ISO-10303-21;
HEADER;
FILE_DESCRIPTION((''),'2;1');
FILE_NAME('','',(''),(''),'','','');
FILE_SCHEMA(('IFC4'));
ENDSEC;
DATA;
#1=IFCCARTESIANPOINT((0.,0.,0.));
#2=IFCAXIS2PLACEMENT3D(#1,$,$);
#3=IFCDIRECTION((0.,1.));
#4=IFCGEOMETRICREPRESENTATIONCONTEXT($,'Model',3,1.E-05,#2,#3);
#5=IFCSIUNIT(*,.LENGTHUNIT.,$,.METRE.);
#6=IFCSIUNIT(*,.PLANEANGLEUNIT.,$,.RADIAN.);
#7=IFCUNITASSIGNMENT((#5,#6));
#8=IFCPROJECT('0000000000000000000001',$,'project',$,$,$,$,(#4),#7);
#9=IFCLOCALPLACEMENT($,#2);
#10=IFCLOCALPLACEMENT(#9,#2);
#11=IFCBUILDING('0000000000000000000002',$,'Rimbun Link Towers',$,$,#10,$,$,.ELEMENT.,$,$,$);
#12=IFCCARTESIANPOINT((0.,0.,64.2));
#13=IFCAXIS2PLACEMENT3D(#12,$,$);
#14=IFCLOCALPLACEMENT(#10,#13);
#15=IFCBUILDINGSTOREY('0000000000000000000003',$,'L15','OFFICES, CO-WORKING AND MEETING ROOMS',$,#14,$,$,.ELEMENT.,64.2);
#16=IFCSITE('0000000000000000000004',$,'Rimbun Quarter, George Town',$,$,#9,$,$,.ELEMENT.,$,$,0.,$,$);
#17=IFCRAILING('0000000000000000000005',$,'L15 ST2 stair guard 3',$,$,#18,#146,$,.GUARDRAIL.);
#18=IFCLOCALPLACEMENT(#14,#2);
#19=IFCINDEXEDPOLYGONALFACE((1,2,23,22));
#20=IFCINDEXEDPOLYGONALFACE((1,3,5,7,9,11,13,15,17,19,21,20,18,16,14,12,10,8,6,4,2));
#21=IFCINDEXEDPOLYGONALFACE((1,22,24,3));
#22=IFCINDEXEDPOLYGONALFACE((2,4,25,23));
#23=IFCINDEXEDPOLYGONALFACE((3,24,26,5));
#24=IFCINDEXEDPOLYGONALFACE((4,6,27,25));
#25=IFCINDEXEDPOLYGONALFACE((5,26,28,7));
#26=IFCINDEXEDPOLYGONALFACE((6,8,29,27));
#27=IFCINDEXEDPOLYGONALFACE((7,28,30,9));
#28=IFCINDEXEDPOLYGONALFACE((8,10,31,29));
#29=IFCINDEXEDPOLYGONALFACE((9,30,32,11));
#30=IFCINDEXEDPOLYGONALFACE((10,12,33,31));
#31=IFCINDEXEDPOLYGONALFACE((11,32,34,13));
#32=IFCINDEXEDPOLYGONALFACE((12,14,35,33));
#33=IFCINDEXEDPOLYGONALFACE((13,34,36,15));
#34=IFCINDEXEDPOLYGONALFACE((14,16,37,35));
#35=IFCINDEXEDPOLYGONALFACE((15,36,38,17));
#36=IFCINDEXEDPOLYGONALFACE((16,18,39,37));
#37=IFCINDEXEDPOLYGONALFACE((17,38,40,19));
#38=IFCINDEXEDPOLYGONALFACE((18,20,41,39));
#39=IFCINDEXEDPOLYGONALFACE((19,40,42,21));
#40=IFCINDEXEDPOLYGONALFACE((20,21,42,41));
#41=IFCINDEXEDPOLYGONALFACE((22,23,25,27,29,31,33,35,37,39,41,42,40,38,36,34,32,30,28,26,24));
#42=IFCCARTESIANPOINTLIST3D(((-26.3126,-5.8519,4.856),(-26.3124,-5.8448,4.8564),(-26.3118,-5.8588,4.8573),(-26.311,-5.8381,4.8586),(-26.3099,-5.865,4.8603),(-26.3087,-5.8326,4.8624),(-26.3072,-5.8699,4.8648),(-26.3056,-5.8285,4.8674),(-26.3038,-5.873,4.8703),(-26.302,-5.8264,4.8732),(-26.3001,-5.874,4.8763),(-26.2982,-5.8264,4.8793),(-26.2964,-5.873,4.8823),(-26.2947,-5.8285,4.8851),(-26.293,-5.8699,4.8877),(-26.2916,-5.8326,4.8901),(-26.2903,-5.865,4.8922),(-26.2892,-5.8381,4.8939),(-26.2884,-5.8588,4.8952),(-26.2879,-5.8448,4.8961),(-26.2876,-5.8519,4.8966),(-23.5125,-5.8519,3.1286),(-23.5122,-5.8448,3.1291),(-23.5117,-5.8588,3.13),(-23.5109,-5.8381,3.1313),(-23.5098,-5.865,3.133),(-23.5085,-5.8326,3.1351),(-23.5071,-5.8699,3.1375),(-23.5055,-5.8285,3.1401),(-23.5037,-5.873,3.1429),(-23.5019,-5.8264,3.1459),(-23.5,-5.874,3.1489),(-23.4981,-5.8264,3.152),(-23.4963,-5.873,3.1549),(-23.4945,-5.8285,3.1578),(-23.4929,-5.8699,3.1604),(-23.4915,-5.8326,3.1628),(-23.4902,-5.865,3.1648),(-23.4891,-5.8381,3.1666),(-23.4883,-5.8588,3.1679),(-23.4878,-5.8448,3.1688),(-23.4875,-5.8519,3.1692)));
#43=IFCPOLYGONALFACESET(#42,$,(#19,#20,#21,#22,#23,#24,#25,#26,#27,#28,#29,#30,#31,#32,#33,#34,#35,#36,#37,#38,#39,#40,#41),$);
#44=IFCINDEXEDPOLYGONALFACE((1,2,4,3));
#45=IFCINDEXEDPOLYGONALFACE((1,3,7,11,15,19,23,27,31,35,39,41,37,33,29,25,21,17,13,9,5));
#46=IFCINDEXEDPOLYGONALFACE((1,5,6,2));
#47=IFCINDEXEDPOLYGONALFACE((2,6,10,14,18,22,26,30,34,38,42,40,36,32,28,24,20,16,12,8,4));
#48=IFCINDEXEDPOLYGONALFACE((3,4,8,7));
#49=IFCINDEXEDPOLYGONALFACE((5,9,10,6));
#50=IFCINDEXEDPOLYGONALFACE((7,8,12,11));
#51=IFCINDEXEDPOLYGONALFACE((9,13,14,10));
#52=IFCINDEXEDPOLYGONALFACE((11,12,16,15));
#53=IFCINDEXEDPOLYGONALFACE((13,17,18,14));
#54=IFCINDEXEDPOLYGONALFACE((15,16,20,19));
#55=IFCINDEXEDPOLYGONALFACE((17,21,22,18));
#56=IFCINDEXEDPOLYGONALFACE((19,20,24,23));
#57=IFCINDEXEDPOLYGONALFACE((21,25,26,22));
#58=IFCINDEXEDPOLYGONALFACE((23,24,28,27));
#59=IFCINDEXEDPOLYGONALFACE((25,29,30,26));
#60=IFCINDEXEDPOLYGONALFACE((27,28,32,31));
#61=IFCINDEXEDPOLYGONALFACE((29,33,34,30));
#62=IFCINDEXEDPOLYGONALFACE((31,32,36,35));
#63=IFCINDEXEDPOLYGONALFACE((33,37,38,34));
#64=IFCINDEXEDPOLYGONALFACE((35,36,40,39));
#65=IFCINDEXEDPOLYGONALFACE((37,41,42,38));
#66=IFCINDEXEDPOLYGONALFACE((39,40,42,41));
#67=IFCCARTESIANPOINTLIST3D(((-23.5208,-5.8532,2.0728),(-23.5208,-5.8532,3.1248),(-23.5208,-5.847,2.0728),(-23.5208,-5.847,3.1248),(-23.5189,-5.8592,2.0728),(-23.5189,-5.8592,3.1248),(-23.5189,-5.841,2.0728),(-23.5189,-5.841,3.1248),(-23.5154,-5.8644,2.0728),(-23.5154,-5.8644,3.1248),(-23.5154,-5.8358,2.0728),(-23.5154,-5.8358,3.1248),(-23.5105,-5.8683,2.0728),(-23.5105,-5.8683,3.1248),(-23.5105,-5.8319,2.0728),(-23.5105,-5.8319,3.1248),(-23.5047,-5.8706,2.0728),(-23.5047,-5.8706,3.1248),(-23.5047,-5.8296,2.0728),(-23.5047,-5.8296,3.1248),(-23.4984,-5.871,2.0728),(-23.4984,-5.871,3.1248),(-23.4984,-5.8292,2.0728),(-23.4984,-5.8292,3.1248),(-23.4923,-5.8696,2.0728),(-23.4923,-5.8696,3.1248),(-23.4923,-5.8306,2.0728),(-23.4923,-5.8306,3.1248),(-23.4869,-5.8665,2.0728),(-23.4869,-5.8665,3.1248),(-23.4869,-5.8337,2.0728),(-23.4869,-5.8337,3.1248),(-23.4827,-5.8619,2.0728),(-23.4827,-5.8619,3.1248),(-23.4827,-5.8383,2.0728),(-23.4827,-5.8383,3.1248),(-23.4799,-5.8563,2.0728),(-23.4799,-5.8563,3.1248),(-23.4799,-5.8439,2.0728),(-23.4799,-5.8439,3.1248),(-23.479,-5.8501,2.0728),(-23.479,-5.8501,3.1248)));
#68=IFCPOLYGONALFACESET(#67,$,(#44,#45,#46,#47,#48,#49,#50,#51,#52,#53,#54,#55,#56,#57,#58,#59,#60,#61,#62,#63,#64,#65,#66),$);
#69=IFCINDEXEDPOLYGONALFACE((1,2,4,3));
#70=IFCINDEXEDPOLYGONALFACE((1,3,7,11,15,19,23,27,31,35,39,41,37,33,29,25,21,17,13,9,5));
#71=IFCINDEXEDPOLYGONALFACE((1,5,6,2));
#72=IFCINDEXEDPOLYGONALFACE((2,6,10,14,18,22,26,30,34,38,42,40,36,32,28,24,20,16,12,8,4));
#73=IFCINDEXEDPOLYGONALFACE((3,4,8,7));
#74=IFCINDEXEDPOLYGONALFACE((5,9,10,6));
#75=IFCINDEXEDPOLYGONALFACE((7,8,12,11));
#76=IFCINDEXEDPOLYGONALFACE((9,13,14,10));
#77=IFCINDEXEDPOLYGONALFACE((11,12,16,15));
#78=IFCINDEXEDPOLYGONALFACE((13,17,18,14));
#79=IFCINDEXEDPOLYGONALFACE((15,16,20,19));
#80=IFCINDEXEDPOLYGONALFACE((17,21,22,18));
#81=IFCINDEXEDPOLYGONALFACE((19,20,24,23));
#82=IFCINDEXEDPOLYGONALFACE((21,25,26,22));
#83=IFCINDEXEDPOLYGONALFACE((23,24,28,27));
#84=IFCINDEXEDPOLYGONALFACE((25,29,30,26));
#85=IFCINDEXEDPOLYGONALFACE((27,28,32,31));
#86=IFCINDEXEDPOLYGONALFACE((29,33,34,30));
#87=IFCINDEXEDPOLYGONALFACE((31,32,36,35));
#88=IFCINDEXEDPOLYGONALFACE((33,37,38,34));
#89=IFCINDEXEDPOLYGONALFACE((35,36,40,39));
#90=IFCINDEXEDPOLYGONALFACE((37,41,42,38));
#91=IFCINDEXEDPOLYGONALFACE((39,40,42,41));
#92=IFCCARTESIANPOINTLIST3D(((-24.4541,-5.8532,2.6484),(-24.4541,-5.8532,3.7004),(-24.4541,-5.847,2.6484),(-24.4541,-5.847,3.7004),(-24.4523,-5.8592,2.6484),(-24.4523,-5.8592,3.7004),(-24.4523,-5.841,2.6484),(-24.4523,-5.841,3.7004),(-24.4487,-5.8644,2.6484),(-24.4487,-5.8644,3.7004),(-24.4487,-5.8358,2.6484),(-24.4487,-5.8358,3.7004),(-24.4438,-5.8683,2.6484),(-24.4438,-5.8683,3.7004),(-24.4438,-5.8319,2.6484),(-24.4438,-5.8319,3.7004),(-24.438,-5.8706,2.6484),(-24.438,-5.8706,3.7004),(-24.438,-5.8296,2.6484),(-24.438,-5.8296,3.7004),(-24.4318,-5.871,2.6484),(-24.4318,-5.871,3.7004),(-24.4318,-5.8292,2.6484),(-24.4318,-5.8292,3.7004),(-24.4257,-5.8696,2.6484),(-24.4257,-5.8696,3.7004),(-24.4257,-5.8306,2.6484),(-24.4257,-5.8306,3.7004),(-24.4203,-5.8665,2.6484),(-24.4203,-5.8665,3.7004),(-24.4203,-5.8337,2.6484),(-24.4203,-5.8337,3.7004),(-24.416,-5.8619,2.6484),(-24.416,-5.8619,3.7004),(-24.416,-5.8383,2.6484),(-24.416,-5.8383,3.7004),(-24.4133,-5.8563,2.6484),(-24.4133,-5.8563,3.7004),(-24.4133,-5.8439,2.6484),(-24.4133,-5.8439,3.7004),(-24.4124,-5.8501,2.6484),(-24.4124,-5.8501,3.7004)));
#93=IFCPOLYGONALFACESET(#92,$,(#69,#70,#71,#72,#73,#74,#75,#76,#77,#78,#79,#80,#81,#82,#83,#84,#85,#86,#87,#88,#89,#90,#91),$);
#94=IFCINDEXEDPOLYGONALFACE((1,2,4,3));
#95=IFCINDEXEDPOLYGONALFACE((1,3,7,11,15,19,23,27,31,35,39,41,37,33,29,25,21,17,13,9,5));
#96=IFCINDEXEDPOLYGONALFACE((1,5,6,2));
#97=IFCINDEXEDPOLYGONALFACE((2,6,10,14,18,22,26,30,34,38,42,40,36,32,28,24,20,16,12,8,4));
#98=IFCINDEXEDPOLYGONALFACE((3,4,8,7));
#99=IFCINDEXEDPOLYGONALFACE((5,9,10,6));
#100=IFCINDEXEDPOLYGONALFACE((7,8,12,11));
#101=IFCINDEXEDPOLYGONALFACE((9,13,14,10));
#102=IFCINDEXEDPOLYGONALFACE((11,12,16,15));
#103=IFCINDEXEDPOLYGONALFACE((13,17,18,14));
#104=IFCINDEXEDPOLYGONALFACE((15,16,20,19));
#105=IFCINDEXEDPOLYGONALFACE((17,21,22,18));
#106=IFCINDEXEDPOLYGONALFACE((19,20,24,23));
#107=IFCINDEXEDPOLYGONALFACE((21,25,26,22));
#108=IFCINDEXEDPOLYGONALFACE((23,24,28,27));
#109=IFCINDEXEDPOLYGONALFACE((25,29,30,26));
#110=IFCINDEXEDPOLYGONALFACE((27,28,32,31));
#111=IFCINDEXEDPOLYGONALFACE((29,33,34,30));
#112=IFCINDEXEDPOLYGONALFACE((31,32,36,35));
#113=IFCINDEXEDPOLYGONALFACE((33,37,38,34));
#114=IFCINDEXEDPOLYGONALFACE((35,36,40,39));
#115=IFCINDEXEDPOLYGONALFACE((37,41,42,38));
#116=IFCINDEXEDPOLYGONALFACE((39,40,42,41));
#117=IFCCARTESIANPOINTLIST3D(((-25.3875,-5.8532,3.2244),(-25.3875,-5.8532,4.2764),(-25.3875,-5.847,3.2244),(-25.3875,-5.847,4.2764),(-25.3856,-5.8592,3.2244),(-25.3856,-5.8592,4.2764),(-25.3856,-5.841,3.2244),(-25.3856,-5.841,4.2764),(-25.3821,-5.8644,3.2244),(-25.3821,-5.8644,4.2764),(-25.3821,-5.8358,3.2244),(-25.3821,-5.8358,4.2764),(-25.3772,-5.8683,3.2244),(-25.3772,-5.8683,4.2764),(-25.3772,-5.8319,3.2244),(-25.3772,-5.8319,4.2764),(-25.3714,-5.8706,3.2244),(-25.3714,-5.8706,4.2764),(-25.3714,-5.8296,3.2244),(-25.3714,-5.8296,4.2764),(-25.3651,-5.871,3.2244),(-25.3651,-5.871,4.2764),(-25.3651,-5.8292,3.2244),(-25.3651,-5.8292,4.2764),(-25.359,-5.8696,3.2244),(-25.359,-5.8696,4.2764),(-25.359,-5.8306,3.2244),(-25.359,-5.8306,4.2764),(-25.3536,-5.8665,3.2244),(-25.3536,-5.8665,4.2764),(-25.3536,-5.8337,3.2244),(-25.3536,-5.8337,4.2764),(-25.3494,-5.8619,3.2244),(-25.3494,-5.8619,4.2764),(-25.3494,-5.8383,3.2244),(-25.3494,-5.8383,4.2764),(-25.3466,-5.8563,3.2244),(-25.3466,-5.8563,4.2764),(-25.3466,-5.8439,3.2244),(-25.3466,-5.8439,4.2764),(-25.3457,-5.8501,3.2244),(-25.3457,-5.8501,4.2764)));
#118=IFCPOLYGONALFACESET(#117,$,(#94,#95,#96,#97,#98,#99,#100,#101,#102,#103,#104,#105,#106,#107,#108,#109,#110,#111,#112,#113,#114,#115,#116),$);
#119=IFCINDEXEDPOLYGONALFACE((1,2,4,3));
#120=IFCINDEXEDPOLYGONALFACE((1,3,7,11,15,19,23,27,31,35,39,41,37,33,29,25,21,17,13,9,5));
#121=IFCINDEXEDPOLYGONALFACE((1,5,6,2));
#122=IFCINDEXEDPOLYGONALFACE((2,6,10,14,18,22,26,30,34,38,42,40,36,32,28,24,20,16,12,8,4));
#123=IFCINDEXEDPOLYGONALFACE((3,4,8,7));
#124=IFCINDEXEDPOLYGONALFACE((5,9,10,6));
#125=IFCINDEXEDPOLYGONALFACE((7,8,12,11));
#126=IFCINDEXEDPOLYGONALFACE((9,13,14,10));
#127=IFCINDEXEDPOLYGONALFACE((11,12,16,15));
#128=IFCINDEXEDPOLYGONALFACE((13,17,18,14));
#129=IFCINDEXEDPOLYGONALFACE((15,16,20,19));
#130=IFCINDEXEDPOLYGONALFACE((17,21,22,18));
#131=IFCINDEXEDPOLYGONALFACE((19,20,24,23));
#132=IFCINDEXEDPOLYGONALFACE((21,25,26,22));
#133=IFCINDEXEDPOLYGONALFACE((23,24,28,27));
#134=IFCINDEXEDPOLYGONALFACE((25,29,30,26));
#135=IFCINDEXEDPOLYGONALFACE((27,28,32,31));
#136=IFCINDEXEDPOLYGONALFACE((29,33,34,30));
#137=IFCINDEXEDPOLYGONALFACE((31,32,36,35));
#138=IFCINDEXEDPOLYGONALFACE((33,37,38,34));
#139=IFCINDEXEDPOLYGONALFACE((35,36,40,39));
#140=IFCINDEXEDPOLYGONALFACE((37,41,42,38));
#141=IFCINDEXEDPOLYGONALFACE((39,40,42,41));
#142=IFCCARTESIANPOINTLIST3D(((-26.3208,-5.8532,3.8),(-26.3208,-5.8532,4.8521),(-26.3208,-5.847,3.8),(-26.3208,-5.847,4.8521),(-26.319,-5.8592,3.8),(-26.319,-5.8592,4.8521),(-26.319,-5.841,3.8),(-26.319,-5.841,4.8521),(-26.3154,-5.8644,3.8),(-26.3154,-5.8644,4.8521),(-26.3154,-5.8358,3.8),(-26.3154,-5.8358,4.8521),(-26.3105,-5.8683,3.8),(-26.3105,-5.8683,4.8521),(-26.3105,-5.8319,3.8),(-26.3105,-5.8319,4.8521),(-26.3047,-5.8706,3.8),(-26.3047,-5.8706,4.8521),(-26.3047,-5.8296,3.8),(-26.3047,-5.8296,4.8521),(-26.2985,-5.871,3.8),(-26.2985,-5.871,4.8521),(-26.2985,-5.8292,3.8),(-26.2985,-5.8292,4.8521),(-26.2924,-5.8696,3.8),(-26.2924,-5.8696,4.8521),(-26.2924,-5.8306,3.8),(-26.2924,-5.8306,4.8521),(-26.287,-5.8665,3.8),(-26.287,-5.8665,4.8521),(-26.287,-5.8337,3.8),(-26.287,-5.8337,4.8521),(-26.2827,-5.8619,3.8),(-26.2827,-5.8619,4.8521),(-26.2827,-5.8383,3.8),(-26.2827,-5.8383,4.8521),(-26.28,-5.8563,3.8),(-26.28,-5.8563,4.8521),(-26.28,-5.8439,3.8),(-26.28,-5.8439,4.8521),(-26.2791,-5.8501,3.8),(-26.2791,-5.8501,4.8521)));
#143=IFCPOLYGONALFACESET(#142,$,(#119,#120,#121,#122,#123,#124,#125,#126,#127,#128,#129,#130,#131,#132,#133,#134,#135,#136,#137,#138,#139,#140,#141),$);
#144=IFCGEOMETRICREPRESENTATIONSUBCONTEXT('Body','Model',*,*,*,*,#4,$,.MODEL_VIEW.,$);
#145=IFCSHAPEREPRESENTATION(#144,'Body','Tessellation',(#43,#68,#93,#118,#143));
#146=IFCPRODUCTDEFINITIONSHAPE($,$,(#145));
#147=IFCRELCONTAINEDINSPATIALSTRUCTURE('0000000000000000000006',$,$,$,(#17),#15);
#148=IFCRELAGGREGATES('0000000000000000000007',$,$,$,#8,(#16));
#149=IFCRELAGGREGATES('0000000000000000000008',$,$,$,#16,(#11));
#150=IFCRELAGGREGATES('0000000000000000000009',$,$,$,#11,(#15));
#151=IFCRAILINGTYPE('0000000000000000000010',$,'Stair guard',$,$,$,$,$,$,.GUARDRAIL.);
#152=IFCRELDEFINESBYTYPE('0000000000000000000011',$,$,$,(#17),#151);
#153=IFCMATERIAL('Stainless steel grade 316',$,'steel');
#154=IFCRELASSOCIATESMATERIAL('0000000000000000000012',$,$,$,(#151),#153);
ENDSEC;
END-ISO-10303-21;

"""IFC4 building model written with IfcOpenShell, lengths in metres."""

from ifc_helpers import new_model, si_unit, direction, frame, origin, origin_2d, place, context, subcontext, project, spatial, circle, extrude, material, type_object, element, save


model = new_model("IFC4")

# Units and contexts
model_context = context("Model", 3, precision=1e-05, world=origin(), true_north=direction((0.0, 1.0)))
body_context = subcontext(model_context, "Body", "Model", "MODEL_VIEW")
ifc_project = project(units=[si_unit("LENGTHUNIT", "METRE"), si_unit("PLANEANGLEUNIT", "RADIAN")], contexts=[model_context])

# Site, building, storey
site_placement = place(None, origin())
site = spatial("IfcSite", under=ifc_project, at=site_placement, Name="Rimbun Quarter, George Town", CompositionType="ELEMENT", RefElevation=0.0)
building_placement = place(site_placement, origin())
building = spatial("IfcBuilding", under=site, at=building_placement, Name="Rimbun Link Towers", CompositionType="ELEMENT")
storey_placement = place(building_placement, frame((0.0, 0.0, 64.2)))
storey = spatial("IfcBuildingStorey", under=building, at=storey_placement, Name="L15", Description="OFFICES, CO-WORKING AND MEETING ROOMS", CompositionType="ELEMENT", Elevation=64.2)

# Railing
ifc_material_1 = material(Name="Stainless steel grade 316", Category="steel")
railing_type_1 = type_object("IfcRailingType", Name="Stair guard", PredefinedType="GUARDRAIL", material=ifc_material_1)
railing_1_placement = place(storey_placement, frame((-23.5, -5.8501, 2.0728)))
element("IfcRailing", 1, at=railing_1_placement, inside=storey, type_object=railing_type_1, Name="L15 ST2 stair guard 3", PredefinedType="GUARDRAIL", context=body_context, shape_type="SweptSolid", body=[
    extrude(circle(Radius=0.0239, at=origin_2d()), frame((0.0, 0.0, 1.0762), z_axis=(-0.85109, 0.0, 0.52502), x_axis=(0.0, -1.0, 0.0)), (0.0, 0.0, 1.0), 3.29),
    extrude(circle(Radius=0.021, at=origin_2d()), origin(), (0.0, 0.0, 1.0), 1.052),
    extrude(circle(Radius=0.021, at=origin_2d()), frame((-0.9333, 0.0, 0.5757)), (0.0, 0.0, 1.0), 1.052),
    extrude(circle(Radius=0.021, at=origin_2d()), frame((-1.8667, 0.0, 1.1516)), (0.0, 0.0, 1.0), 1.052),
    extrude(circle(Radius=0.021, at=origin_2d()), frame((-2.8, 0.0, 1.7273)), (0.0, 0.0, 1.0), 1.052),
])

save(model, "model.ifc")
